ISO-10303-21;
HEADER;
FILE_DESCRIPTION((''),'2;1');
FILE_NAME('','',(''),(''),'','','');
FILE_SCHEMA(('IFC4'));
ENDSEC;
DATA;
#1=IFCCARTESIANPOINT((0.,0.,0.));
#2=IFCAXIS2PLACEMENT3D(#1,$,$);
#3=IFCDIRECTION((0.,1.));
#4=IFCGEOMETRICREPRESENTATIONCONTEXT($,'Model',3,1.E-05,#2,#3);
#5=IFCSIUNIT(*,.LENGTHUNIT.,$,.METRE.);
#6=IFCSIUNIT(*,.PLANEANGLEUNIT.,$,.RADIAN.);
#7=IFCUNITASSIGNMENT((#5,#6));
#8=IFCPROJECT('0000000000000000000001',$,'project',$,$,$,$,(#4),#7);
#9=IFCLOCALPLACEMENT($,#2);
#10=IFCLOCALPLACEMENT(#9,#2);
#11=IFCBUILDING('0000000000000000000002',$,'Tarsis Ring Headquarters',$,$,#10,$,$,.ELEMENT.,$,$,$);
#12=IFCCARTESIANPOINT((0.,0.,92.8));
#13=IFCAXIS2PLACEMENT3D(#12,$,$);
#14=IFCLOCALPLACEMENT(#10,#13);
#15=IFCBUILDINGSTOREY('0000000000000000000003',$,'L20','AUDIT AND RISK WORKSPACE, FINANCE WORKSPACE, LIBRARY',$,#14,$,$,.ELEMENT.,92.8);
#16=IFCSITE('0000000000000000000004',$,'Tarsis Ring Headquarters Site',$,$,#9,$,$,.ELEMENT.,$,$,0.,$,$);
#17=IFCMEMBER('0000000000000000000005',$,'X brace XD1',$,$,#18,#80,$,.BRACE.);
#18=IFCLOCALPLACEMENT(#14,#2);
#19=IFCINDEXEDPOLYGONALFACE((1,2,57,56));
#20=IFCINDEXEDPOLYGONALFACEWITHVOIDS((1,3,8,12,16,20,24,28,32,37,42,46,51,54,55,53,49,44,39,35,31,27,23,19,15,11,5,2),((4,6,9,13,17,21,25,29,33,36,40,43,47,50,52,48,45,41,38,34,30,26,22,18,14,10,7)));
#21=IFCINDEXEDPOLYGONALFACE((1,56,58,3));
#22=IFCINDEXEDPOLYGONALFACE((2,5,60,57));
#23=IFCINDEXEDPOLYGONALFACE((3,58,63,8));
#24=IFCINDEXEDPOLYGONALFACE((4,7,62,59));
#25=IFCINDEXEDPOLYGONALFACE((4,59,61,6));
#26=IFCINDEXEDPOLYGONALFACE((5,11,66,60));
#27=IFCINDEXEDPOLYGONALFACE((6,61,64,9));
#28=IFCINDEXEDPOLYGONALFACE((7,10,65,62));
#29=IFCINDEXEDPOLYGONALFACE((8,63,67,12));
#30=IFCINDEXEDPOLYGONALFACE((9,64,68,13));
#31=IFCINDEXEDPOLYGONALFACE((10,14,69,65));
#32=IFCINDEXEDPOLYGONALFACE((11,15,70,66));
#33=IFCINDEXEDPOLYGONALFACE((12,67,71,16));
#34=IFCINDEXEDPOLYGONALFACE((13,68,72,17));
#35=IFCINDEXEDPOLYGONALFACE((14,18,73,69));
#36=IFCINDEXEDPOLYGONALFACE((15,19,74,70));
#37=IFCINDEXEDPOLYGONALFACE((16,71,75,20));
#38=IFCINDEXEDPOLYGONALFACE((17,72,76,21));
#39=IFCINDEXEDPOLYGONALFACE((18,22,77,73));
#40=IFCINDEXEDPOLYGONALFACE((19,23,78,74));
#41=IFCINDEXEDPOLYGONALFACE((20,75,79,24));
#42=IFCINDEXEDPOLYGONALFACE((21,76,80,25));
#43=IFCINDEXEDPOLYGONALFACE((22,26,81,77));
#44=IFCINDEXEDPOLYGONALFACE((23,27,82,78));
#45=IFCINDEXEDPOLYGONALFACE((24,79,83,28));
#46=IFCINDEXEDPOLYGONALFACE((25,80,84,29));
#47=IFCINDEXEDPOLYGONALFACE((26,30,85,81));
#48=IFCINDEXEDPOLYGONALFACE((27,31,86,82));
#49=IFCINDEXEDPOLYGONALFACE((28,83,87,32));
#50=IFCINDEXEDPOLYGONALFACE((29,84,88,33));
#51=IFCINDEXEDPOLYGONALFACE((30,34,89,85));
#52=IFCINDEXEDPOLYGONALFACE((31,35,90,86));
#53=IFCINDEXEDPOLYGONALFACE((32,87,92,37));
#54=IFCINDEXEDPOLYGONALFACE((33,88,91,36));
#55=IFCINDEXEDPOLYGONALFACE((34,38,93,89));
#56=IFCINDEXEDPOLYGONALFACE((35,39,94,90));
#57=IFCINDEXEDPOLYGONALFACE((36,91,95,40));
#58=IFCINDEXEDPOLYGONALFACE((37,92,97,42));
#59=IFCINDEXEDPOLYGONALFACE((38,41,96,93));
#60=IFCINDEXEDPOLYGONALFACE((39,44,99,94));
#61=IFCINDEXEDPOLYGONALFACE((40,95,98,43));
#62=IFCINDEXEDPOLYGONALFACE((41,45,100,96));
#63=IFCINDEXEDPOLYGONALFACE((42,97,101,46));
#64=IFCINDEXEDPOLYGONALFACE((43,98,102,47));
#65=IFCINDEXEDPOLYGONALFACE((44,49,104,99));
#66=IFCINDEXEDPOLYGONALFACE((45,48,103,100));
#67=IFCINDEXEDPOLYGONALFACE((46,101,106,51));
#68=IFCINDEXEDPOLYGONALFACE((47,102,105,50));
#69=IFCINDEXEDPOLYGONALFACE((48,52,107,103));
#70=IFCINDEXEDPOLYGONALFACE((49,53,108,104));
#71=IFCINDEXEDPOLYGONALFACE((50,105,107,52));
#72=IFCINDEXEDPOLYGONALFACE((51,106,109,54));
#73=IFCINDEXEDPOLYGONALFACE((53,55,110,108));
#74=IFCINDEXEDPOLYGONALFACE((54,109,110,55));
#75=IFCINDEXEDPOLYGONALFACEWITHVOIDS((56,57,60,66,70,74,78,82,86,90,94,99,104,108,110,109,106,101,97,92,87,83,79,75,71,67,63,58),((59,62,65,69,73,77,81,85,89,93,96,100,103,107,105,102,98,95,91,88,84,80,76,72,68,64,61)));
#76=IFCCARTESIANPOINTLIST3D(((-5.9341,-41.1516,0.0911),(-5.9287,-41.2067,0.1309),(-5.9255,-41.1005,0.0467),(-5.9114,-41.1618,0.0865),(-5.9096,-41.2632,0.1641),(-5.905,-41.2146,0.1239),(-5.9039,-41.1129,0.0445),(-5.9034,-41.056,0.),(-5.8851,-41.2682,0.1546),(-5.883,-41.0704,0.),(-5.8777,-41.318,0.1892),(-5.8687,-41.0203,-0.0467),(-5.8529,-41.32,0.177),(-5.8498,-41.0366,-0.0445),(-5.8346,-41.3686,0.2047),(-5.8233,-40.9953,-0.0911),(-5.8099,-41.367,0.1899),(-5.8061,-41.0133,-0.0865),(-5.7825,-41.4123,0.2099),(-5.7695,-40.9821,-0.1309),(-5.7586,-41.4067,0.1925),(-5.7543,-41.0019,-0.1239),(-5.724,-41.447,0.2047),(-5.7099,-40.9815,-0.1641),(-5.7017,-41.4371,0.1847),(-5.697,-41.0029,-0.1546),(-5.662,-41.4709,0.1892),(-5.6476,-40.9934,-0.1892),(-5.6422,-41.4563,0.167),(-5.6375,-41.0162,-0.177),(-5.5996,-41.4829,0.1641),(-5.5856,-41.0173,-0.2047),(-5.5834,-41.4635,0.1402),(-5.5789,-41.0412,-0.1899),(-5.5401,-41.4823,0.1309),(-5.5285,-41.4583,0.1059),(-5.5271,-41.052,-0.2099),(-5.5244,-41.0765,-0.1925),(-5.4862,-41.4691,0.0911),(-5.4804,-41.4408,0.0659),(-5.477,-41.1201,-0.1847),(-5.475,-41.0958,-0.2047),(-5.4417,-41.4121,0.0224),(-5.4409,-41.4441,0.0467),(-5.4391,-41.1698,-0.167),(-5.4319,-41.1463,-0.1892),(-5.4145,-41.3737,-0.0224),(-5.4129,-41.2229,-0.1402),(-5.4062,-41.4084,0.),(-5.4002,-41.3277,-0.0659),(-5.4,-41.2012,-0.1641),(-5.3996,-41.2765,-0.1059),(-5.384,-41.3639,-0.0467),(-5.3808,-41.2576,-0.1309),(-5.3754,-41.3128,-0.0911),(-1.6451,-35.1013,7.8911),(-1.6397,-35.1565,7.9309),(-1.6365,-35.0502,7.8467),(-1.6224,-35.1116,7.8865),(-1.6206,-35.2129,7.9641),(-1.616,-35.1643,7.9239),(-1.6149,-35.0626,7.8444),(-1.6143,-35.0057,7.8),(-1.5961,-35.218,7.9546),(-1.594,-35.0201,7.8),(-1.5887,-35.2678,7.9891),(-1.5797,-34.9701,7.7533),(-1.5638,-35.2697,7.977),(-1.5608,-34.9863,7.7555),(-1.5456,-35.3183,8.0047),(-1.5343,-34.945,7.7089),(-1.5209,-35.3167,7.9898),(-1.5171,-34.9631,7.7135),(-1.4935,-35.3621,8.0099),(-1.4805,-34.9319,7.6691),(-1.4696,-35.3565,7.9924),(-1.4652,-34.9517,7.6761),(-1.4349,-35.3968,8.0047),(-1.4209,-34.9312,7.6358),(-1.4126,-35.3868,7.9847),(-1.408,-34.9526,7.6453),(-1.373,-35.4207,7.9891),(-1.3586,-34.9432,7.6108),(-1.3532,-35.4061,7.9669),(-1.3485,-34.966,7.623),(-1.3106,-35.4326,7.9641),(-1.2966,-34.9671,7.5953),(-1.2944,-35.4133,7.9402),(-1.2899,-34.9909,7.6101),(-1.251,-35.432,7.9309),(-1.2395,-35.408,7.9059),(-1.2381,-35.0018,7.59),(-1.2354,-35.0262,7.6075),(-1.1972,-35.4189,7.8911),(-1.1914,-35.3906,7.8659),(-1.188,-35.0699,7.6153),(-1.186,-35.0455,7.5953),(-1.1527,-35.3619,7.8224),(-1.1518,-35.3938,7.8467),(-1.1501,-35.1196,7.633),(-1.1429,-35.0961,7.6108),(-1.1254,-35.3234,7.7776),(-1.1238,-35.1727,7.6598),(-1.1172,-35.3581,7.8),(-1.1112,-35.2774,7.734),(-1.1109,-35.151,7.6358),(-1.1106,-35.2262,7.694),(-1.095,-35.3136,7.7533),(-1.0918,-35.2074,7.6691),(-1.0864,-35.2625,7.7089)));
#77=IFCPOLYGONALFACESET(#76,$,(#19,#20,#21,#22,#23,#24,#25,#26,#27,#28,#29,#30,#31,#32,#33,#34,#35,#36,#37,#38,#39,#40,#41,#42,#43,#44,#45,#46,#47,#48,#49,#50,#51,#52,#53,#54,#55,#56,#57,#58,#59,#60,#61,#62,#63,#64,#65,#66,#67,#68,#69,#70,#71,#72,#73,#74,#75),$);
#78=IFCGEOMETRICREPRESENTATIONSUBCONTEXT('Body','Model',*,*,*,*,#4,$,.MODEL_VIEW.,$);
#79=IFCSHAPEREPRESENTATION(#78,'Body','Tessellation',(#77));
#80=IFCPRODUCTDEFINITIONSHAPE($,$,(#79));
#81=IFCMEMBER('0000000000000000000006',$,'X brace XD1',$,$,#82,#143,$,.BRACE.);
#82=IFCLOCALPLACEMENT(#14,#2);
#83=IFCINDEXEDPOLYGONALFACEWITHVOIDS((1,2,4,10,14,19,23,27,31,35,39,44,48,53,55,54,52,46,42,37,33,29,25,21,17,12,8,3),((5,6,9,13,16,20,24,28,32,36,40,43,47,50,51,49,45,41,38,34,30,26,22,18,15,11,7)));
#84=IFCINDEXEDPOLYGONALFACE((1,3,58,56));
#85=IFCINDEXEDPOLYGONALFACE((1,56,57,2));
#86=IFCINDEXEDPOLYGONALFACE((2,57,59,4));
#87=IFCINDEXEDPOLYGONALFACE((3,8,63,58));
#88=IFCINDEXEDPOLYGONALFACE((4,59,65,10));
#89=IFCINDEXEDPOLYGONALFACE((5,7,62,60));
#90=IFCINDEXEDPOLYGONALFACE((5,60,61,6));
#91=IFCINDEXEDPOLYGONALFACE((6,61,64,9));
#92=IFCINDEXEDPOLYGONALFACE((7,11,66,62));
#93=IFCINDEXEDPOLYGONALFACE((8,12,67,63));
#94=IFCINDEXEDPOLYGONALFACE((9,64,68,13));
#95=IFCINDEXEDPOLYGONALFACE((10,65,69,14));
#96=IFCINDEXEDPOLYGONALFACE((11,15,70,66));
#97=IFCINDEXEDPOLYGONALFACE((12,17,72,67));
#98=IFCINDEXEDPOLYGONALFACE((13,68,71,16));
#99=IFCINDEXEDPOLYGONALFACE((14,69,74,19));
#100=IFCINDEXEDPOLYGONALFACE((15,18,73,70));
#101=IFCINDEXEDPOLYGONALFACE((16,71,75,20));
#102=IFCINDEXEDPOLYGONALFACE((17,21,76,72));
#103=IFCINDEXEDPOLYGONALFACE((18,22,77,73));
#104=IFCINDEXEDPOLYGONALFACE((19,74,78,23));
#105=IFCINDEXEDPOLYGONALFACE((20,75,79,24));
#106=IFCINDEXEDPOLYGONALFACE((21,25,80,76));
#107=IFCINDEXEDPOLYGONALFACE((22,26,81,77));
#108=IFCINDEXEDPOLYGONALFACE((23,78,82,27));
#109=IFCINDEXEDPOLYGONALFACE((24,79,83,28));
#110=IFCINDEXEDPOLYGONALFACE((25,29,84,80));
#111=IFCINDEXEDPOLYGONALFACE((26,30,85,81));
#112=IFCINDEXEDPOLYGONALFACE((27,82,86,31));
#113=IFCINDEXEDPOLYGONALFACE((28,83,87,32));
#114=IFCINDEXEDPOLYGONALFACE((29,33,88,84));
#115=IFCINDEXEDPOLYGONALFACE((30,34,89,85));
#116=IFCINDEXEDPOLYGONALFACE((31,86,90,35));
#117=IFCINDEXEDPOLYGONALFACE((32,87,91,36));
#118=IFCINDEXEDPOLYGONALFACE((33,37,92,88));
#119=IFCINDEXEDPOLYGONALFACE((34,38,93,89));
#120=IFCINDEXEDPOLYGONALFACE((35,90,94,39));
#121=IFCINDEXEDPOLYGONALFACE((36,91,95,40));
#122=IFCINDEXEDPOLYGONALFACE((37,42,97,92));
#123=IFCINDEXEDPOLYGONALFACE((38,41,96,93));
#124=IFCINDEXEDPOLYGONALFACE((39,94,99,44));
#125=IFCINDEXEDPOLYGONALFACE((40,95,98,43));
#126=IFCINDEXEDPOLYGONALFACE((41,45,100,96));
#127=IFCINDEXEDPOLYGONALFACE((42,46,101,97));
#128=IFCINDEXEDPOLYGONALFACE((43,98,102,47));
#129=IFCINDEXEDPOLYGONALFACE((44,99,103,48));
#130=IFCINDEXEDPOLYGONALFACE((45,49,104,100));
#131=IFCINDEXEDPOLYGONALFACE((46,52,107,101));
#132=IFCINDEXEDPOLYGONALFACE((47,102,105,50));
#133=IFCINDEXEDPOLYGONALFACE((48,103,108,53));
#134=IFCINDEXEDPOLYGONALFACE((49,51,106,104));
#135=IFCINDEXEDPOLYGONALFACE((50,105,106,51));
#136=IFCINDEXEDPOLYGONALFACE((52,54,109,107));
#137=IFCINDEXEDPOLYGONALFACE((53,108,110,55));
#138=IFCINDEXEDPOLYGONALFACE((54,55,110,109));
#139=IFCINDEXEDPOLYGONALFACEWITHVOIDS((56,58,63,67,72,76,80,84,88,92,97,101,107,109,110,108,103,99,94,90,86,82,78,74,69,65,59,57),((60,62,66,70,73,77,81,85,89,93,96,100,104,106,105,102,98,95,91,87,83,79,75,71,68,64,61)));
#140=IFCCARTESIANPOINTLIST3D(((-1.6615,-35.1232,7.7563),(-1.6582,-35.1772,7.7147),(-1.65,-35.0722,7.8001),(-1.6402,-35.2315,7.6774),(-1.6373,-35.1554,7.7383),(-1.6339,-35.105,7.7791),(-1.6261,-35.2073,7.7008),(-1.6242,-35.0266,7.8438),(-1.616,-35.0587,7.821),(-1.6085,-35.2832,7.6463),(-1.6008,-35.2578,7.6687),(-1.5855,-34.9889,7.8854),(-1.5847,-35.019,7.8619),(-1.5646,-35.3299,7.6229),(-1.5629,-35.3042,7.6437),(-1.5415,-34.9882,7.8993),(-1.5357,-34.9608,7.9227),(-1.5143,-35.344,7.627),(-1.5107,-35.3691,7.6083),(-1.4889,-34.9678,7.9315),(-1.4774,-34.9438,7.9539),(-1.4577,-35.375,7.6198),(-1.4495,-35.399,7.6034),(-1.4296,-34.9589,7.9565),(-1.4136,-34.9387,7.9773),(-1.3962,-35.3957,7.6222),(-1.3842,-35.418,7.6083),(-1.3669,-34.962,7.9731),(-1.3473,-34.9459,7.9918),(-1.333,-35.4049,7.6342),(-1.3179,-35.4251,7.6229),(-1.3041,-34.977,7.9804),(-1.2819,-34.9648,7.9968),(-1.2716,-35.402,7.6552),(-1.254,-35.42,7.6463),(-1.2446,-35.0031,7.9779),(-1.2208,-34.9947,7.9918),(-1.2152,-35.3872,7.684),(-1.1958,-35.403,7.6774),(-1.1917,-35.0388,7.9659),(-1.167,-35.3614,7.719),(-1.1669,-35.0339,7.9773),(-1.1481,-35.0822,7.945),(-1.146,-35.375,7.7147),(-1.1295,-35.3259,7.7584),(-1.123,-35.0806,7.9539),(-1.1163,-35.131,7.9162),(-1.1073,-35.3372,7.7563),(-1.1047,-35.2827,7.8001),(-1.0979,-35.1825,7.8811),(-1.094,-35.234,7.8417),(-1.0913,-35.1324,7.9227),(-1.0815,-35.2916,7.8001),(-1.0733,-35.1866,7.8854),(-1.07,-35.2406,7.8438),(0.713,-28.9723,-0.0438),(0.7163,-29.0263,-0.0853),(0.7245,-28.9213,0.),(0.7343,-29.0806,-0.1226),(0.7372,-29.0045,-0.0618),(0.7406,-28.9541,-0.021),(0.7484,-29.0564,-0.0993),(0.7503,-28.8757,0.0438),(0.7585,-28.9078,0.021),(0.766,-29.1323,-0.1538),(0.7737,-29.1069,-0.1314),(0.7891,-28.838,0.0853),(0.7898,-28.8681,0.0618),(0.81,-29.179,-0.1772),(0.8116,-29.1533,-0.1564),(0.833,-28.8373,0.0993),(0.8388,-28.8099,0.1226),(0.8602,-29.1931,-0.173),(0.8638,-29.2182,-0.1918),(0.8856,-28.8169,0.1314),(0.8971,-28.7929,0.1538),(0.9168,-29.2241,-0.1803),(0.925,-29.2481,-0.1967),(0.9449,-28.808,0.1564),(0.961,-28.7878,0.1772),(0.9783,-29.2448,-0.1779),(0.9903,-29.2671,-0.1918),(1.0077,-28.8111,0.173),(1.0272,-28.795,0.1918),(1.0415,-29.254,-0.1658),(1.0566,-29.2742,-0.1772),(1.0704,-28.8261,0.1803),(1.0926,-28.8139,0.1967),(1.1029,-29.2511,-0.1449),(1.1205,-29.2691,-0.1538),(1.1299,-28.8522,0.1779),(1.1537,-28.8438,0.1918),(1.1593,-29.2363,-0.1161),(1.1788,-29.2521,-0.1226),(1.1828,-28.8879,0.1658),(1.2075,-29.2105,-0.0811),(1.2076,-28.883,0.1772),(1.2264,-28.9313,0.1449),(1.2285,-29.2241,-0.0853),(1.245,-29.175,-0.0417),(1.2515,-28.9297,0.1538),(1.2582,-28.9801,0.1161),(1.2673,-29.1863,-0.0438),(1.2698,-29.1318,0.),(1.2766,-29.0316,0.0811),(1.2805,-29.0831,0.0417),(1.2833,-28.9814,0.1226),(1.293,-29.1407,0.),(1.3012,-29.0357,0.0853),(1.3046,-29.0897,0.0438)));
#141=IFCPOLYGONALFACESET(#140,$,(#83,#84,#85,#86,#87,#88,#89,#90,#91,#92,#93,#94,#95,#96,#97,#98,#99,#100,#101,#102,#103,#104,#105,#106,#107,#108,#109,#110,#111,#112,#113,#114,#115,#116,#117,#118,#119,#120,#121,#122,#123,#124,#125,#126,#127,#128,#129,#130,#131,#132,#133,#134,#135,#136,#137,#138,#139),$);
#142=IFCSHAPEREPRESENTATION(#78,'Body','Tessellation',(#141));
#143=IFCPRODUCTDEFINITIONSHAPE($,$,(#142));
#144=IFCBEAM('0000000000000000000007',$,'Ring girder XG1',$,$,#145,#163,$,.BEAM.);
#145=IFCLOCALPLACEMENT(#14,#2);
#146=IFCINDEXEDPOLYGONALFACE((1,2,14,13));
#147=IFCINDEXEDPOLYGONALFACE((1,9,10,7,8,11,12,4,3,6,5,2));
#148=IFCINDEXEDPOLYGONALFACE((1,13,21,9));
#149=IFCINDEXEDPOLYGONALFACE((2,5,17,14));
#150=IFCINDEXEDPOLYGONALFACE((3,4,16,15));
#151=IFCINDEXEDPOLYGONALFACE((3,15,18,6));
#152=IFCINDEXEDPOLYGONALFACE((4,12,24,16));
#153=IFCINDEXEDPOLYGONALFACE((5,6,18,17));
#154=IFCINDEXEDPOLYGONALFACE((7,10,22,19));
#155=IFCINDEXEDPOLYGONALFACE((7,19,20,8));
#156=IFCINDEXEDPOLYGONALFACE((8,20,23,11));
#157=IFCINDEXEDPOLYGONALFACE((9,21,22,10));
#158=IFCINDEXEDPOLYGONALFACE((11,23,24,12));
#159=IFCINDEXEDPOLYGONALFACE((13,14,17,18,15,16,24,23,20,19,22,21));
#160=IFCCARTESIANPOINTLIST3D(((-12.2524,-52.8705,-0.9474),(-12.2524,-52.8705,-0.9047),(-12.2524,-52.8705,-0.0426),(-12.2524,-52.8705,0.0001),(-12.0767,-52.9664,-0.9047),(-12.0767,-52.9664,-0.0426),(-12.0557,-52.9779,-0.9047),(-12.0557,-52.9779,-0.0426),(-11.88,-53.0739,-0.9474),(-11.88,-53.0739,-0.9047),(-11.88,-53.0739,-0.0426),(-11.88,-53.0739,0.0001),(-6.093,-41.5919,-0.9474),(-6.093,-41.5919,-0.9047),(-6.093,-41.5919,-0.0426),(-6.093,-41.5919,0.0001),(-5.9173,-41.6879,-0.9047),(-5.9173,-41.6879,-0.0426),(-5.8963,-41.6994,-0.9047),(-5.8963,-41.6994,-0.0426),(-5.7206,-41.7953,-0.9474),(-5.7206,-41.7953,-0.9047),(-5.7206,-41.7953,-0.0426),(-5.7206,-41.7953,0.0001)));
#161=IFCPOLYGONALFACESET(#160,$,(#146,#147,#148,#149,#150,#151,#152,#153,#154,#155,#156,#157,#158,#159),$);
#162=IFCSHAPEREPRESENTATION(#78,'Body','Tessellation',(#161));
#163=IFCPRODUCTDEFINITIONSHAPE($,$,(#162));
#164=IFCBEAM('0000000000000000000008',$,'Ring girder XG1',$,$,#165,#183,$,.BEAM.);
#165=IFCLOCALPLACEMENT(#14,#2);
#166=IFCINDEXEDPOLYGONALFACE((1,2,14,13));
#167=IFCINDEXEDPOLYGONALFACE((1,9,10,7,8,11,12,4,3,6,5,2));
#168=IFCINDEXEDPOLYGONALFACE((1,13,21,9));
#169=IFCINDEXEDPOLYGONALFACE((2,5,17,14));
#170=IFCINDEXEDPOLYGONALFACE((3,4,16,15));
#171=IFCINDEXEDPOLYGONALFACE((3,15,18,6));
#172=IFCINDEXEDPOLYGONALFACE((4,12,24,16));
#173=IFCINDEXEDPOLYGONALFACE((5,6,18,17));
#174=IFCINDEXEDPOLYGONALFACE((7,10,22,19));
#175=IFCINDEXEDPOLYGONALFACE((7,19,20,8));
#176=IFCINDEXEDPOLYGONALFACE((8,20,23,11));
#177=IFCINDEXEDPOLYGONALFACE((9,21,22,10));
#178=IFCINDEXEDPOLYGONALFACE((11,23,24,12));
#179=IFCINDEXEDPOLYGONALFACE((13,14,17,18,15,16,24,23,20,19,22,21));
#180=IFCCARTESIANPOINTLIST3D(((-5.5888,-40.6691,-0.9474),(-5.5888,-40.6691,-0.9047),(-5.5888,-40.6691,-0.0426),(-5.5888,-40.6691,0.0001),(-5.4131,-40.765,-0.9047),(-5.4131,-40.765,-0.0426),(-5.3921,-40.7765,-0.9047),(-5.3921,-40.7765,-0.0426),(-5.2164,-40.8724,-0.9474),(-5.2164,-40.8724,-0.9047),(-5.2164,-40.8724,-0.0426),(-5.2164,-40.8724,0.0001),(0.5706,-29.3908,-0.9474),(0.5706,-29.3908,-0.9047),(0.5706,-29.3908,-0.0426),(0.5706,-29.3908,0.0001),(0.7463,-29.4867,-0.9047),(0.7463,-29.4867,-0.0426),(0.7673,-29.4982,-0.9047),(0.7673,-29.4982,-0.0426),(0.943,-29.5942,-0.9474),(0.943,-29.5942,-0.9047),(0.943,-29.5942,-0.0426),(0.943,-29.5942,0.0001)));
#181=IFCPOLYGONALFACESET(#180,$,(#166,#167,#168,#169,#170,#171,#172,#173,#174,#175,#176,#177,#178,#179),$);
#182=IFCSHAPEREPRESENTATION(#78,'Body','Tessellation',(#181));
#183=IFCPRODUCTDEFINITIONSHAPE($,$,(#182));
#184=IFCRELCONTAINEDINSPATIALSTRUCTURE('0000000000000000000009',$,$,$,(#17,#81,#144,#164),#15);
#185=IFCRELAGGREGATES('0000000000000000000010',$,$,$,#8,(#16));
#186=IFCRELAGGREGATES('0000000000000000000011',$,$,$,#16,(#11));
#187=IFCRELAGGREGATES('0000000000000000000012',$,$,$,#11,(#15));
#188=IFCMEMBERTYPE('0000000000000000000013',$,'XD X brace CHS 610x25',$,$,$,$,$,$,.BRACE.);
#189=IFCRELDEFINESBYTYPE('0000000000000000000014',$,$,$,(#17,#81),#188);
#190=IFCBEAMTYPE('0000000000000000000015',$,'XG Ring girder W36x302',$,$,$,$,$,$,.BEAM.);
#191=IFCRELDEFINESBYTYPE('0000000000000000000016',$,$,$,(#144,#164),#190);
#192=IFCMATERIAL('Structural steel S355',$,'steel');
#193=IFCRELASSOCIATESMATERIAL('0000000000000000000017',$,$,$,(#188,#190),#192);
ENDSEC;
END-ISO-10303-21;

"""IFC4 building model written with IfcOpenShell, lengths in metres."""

from ifc_helpers import new_model, si_unit, direction, frame, origin, origin_2d, place, context, subcontext, project, spatial, hollow_circle, i_section, extrude, material, material_profile, profile_set, type_object, element, save


model = new_model("IFC4")

# Units and contexts
model_context = context("Model", 3, precision=1e-05, world=origin(), true_north=direction((0.0, 1.0)))
body_context = subcontext(model_context, "Body", "Model", "MODEL_VIEW")
ifc_project = project(units=[si_unit("LENGTHUNIT", "METRE"), si_unit("PLANEANGLEUNIT", "RADIAN")], contexts=[model_context])

# Site, building, storey
site_placement = place(None, origin())
site = spatial("IfcSite", under=ifc_project, at=site_placement, Name="Tarsis Ring Headquarters Site", CompositionType="ELEMENT", RefElevation=0.0)
building_placement = place(site_placement, origin())
building = spatial("IfcBuilding", under=site, at=building_placement, Name="Tarsis Ring Headquarters", CompositionType="ELEMENT")
storey_placement = place(building_placement, frame((0.0, 0.0, 92.8)))
storey = spatial("IfcBuildingStorey", under=building, at=storey_placement, Name="L20", Description="AUDIT AND RISK WORKSPACE, FINANCE WORKSPACE, LIBRARY", CompositionType="ELEMENT", Elevation=92.8)

# Shared definitions
ifc_material_1 = material(Name="Structural steel S355", Category="steel")

# Members
ifc_material_profile_1 = material_profile(ifc_material_1, hollow_circle(Radius=0.3047, WallThickness=0.0249, at=origin_2d()), Name="CHS 610x25")
ifc_profile_set_1 = profile_set([ifc_material_profile_1], Name="Structural steel S355")
member_type = type_object("IfcMemberType", Name="XD X brace CHS 610x25", PredefinedType="BRACE", material=ifc_profile_set_1)
member_1_placement = place(storey_placement, frame((-5.6548, -41.2322, 0.0), z_axis=(0.398499, 0.562136, 0.724707), x_axis=(-0.815806, 0.578326, 0.0)))
element("IfcMember", 1, at=member_1_placement, inside=storey, type_object=member_type, Name="X brace XD1", PredefinedType="BRACE", context=body_context, shape_type="SweptSolid", body=[
    extrude(hollow_circle(Radius=0.3047, WallThickness=0.0249, at=origin_2d()), origin(), (0.0, 0.0, 1.0), 10.7629),
])
member_2_placement = place(storey_placement, frame((1.0088, -29.031, 0.0), z_axis=(-0.232491, -0.60224, 0.763712), x_axis=(0.932898, -0.36014, 0.0)))
element("IfcMember", 2, at=member_2_placement, inside=storey, type_object=member_type, Name="X brace XD1", PredefinedType="BRACE", context=body_context, shape_type="SweptSolid", body=[
    extrude(hollow_circle(Radius=0.3047, WallThickness=0.0249, at=origin_2d()), origin(), (0.0, 0.0, 1.0), 10.2134),
])

# Beams
ifc_material_profile_2 = material_profile(ifc_material_1, i_section(OverallWidth=0.4243, OverallDepth=0.9475, WebThickness=0.0239, FlangeThickness=0.0427, at=origin_2d()), Name="W36x302")
ifc_profile_set_2 = profile_set([ifc_material_profile_2], Name="Structural steel S355")
beam_type = type_object("IfcBeamType", Name="XG Ring girder W36x302", PredefinedType="BEAM", material=ifc_profile_set_2)
beam_1_placement = place(storey_placement, frame((-12.0662, -52.9722, -0.4736), z_axis=(0.479301, 0.877651, 0.0), x_axis=(-0.877651, 0.479301, 0.0)))
element("IfcBeam", 3, at=beam_1_placement, inside=storey, type_object=beam_type, Name="Ring girder XG1", PredefinedType="BEAM", context=body_context, shape_type="SweptSolid", body=[
    extrude(i_section(OverallWidth=0.4243, OverallDepth=0.9475, WebThickness=0.0239, FlangeThickness=0.0427, at=origin_2d()), origin(), (0.0, 0.0, 1.0), 12.8508),
])
beam_2_placement = place(storey_placement, frame((-5.4026, -40.7708, -0.4736), z_axis=(0.479309, 0.877646, 0.0), x_axis=(-0.877646, 0.479309, 0.0)))
element("IfcBeam", 4, at=beam_2_placement, inside=storey, type_object=beam_type, Name="Ring girder XG1", PredefinedType="BEAM", context=body_context, shape_type="SweptSolid", body=[
    extrude(i_section(OverallWidth=0.4243, OverallDepth=0.9475, WebThickness=0.0239, FlangeThickness=0.0427, at=origin_2d()), origin(), (0.0, 0.0, 1.0), 12.8506),
])

save(model, "model.ifc")
